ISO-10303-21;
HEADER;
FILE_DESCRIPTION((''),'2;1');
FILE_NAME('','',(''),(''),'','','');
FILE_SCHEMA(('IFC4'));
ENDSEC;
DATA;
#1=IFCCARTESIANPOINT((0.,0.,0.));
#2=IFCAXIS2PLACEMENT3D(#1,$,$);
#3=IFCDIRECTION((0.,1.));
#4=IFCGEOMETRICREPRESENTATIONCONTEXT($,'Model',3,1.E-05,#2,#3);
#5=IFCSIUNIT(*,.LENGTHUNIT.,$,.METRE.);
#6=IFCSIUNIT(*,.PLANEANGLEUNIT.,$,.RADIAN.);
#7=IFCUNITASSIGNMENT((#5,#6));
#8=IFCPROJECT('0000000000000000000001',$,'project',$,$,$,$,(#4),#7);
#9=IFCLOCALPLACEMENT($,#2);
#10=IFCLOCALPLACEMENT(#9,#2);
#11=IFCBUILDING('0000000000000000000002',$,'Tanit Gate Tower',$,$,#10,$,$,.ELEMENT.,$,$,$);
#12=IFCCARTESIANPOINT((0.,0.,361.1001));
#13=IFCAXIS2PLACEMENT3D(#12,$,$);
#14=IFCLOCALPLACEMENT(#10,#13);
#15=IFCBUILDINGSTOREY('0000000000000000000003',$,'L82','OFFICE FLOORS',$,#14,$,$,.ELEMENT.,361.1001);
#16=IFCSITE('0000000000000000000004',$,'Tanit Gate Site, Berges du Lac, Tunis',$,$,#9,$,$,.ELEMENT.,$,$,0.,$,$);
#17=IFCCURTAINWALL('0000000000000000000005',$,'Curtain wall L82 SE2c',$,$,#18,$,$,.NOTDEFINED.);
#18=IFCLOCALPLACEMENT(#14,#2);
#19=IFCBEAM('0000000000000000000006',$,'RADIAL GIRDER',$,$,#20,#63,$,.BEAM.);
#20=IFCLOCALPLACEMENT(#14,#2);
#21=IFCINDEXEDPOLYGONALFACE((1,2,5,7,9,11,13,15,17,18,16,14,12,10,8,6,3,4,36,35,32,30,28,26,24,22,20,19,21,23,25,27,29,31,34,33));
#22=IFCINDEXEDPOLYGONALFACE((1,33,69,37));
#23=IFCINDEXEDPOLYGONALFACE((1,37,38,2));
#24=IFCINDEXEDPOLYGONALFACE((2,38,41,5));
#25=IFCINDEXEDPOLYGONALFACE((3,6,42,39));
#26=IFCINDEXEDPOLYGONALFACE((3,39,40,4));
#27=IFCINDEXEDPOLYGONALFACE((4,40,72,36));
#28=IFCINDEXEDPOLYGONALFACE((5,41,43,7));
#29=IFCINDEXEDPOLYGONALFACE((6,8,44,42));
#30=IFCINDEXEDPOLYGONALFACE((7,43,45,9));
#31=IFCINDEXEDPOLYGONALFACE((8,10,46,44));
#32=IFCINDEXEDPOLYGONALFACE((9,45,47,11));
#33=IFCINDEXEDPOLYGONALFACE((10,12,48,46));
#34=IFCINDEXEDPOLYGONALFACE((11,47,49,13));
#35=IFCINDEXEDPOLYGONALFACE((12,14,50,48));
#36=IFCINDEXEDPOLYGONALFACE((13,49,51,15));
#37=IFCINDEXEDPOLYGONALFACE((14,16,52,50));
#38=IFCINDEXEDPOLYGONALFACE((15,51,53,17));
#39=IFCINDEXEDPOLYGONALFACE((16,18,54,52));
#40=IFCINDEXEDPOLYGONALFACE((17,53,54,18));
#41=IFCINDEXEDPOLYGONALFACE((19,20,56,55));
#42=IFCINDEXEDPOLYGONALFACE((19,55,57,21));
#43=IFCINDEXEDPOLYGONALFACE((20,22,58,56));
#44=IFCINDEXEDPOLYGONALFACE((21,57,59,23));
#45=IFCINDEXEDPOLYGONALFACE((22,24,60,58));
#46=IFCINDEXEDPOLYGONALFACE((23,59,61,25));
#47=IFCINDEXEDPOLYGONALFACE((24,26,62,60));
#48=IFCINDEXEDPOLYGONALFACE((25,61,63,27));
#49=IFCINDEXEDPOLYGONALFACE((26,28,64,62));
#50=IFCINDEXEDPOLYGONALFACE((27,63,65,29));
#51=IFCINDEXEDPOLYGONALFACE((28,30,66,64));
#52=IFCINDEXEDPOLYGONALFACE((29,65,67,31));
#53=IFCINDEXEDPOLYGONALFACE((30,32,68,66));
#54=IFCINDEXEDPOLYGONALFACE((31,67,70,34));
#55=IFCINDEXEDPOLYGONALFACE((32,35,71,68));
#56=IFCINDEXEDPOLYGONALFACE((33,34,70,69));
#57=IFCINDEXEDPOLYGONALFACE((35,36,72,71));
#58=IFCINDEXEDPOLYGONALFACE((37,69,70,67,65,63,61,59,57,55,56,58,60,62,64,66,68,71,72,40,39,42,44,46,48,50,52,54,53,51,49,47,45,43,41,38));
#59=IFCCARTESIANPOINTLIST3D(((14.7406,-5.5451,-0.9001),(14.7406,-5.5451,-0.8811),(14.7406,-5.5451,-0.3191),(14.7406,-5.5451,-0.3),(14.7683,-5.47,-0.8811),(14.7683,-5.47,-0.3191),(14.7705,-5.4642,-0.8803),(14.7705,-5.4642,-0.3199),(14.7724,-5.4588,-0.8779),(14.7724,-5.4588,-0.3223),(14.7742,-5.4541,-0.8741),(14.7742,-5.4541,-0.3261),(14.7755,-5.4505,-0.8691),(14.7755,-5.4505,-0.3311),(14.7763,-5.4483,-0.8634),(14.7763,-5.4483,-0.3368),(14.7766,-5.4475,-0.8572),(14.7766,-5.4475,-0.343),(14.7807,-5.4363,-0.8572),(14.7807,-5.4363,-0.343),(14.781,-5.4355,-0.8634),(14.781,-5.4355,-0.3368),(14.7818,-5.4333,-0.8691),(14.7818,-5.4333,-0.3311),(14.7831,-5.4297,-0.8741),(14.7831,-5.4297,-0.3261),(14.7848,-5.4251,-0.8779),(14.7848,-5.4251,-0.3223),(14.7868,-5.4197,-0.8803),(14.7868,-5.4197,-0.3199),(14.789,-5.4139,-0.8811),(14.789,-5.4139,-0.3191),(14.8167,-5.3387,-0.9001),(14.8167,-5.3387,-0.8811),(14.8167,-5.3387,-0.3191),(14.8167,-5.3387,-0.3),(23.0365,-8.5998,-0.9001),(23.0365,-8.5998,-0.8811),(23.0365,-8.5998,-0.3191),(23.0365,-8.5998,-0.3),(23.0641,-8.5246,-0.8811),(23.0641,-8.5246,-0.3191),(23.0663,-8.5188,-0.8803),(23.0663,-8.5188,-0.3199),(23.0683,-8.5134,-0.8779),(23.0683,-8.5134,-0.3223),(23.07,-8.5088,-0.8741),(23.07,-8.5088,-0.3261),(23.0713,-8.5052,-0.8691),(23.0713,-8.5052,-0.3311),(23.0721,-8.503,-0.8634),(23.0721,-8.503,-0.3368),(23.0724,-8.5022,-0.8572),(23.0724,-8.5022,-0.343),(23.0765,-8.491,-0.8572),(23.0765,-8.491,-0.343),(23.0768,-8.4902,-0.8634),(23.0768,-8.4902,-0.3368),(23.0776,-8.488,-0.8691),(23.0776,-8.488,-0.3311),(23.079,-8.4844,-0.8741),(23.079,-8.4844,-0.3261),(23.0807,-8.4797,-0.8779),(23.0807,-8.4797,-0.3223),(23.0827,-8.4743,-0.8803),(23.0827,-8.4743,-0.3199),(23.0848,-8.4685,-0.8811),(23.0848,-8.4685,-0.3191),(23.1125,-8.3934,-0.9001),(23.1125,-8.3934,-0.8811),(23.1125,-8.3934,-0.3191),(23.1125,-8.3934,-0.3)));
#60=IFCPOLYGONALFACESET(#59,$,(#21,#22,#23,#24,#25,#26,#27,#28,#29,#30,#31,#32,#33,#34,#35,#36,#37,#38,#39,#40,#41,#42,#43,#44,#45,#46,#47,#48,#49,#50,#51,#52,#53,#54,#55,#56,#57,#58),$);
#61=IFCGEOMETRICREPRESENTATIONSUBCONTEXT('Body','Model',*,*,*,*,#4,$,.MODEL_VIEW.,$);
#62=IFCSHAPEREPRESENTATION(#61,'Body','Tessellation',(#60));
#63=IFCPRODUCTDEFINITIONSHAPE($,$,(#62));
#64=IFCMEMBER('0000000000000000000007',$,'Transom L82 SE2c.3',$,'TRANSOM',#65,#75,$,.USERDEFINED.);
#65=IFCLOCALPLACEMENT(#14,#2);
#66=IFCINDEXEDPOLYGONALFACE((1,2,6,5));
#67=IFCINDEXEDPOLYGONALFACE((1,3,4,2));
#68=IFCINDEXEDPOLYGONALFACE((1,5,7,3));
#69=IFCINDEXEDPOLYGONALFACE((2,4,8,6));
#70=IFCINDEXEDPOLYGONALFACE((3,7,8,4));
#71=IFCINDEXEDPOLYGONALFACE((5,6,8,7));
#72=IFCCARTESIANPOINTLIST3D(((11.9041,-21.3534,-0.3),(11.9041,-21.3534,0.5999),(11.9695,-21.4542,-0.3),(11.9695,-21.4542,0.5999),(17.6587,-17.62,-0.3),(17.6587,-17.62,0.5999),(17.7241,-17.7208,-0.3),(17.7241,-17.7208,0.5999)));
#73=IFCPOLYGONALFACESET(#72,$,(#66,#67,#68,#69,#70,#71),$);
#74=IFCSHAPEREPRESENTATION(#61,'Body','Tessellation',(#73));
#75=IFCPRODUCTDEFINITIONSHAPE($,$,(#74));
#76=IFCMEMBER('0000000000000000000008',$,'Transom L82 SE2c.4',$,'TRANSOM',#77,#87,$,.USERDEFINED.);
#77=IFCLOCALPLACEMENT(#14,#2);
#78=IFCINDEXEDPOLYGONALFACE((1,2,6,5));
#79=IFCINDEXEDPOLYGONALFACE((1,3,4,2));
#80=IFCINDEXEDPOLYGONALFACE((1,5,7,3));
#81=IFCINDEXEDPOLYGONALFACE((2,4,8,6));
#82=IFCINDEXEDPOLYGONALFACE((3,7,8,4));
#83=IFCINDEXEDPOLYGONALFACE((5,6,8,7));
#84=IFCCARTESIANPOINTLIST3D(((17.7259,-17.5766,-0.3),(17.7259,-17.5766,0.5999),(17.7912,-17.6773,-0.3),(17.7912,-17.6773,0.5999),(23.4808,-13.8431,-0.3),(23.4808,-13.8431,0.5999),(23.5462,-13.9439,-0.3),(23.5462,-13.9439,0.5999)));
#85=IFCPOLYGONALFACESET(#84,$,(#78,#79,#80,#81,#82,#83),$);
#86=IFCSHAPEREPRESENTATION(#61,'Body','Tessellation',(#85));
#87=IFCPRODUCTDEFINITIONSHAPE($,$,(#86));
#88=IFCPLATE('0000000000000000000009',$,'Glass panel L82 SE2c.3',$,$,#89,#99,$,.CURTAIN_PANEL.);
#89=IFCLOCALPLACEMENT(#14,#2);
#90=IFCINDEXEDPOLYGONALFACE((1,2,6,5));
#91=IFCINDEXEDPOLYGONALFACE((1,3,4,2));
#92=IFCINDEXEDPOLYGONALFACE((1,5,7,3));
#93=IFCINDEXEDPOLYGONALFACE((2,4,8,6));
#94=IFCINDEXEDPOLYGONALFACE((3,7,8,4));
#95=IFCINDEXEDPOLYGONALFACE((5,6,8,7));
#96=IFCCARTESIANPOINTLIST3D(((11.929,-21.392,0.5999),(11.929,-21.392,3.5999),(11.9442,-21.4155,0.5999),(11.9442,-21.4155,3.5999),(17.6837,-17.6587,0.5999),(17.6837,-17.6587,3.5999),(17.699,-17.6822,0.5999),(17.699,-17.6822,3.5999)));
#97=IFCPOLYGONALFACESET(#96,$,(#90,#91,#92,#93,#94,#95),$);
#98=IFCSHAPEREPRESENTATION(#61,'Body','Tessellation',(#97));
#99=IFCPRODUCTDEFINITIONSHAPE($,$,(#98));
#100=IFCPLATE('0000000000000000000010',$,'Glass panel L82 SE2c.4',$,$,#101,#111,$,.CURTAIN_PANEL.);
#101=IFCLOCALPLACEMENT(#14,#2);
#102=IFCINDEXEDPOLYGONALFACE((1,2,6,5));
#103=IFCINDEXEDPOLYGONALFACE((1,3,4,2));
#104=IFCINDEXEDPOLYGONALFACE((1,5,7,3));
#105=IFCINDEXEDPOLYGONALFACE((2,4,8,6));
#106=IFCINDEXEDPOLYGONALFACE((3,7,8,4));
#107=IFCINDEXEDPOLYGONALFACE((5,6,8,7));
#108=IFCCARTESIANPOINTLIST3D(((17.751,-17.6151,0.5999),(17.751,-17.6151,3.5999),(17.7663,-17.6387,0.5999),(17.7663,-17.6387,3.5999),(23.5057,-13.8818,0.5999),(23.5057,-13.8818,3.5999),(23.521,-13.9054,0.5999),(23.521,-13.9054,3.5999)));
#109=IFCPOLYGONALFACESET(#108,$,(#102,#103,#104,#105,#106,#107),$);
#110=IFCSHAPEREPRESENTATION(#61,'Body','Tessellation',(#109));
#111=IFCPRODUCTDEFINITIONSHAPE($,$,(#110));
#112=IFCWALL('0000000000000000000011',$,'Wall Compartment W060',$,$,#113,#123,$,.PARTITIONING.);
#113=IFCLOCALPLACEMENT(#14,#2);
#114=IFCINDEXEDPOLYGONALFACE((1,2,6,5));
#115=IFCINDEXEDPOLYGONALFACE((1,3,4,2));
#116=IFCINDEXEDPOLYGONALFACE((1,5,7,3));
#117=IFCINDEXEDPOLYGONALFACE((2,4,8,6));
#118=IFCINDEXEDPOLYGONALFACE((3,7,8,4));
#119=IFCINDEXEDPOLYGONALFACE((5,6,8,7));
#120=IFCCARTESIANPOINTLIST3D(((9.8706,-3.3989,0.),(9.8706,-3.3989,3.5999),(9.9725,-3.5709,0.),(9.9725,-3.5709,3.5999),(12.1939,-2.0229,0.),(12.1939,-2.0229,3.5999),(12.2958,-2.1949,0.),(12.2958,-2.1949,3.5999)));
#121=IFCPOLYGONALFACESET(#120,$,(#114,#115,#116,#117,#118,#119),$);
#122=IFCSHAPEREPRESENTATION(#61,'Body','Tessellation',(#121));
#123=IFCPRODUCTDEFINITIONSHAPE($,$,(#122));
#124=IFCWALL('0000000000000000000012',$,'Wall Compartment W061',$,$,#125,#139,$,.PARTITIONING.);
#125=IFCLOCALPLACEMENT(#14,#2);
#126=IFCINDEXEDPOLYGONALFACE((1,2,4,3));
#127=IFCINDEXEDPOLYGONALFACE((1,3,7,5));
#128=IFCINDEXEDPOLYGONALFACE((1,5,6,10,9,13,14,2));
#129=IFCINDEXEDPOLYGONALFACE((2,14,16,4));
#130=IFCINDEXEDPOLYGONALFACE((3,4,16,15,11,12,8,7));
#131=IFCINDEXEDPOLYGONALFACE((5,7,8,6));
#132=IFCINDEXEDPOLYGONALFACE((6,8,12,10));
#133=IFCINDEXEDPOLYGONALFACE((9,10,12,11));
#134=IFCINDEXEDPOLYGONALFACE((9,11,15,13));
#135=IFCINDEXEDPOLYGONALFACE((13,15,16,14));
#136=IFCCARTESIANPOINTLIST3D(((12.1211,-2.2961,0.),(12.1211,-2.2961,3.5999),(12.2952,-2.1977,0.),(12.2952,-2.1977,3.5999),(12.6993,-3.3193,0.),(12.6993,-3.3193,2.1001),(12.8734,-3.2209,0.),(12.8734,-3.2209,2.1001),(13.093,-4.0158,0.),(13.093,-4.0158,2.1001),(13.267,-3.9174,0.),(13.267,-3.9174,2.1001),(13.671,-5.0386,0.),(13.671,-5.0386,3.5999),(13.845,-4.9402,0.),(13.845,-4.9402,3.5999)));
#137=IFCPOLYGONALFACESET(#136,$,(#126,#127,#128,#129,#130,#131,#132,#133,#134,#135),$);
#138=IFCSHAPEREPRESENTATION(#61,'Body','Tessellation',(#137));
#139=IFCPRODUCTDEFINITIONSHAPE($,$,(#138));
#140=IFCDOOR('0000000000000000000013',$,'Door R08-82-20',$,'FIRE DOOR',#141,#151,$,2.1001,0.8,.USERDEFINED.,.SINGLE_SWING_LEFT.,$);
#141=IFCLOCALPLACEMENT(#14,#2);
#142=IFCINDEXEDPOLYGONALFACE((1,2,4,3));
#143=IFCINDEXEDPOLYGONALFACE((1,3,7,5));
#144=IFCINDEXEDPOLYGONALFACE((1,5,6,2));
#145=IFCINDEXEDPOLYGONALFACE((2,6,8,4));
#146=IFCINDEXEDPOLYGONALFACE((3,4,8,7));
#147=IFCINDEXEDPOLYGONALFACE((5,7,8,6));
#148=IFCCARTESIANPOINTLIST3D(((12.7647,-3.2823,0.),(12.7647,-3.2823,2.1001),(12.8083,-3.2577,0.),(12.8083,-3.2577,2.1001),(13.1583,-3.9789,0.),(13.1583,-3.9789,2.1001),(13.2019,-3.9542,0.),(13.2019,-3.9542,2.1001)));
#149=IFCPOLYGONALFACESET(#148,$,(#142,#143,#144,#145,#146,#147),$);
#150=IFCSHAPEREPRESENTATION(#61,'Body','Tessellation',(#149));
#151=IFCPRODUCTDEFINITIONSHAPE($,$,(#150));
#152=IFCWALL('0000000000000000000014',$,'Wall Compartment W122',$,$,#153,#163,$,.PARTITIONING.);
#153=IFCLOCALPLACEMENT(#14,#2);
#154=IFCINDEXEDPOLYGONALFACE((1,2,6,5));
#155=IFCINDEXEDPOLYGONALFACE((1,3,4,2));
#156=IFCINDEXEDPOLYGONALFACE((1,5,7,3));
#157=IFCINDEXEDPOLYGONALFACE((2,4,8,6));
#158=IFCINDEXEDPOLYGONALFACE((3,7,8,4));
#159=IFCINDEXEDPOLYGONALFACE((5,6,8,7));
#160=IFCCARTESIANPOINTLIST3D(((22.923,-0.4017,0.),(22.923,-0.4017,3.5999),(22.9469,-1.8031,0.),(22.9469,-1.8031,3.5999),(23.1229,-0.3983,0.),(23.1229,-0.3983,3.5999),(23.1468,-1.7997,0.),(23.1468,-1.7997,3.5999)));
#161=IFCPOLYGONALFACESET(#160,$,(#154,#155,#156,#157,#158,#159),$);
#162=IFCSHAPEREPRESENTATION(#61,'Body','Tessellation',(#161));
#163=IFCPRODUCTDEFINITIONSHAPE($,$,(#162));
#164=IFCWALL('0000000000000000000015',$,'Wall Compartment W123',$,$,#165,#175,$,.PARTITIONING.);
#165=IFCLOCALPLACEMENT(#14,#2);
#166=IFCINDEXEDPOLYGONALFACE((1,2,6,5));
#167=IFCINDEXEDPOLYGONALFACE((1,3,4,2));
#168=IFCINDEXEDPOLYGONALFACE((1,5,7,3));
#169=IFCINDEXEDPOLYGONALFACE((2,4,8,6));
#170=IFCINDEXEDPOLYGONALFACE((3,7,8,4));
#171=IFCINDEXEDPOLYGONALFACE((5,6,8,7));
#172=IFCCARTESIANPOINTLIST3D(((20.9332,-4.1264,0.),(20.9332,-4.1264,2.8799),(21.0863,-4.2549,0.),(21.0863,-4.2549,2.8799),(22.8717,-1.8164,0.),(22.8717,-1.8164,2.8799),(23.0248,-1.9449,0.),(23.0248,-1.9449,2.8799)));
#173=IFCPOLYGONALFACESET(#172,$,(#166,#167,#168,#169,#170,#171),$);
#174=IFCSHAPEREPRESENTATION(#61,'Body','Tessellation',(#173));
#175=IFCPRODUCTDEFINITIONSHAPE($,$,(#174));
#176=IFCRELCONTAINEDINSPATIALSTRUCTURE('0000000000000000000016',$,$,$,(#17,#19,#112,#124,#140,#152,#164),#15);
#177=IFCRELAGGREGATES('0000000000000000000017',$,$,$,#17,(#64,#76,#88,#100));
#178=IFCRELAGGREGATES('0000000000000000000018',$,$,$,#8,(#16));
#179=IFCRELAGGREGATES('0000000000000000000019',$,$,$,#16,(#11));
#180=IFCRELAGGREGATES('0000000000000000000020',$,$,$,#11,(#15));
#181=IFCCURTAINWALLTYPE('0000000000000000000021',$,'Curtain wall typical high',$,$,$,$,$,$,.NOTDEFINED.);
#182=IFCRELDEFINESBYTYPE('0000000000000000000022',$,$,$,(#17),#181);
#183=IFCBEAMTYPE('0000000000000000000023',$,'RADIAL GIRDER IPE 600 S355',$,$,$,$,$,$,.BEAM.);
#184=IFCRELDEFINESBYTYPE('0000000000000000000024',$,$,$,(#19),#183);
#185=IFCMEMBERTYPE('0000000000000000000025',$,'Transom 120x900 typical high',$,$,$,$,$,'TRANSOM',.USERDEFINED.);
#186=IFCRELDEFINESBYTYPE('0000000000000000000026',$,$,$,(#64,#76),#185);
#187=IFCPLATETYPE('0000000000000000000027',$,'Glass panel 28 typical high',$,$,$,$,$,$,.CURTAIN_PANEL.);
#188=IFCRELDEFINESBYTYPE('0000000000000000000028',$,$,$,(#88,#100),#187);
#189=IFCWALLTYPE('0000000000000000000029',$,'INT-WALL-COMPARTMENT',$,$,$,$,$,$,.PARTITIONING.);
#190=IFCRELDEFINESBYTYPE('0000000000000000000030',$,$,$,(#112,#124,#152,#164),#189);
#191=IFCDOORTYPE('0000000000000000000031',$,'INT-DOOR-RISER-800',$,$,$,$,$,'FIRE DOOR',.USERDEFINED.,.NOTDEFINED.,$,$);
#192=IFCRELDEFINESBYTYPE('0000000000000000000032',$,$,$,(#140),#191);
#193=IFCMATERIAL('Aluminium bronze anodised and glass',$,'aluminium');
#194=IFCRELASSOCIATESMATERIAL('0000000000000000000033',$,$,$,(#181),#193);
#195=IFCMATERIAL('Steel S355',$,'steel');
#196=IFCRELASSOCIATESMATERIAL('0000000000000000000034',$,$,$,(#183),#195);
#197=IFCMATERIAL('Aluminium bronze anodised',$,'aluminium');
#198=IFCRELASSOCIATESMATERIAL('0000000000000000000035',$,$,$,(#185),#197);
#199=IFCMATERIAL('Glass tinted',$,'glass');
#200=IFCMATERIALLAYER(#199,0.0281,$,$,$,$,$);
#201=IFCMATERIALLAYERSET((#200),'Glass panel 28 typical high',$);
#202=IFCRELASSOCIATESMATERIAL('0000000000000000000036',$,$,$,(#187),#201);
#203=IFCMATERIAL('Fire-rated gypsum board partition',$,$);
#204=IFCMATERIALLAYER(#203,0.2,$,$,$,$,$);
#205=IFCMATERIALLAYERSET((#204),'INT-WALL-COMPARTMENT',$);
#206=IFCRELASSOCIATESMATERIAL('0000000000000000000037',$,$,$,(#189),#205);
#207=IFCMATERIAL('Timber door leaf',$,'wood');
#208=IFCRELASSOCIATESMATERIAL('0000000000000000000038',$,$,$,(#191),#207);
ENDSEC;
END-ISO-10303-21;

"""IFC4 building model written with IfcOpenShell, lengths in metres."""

from ifc_helpers import new_model, si_unit, direction, frame, frame_2d, origin, origin_2d, place, context, subcontext, project, spatial, rectangle, i_section, extrude, material, layer, layer_set, material_profile, profile_set, type_object, element, fill, aggregate, save


model = new_model("IFC4")

# Units and contexts
model_context = context("Model", 3, precision=1e-05, world=origin(), true_north=direction((0.0, 1.0)))
body_context = subcontext(model_context, "Body", "Model", "MODEL_VIEW")
ifc_project = project(units=[si_unit("LENGTHUNIT", "METRE"), si_unit("PLANEANGLEUNIT", "RADIAN")], contexts=[model_context])

# Site, building, storey
site_placement = place(None, origin())
site = spatial("IfcSite", under=ifc_project, at=site_placement, Name="Tanit Gate Site, Berges du Lac, Tunis", CompositionType="ELEMENT", RefElevation=0.0)
building_placement = place(site_placement, origin())
building = spatial("IfcBuilding", under=site, at=building_placement, Name="Tanit Gate Tower", CompositionType="ELEMENT")
storey_placement = place(building_placement, frame((0.0, 0.0, 361.1001)))
storey = spatial("IfcBuildingStorey", under=building, at=storey_placement, Name="L82", Description="OFFICE FLOORS", CompositionType="ELEMENT", Elevation=361.1001)

# Curtain wall
ifc_material_1 = material(Name="Aluminium bronze anodised and glass", Category="aluminium")
curtain_wall_type = type_object("IfcCurtainWallType", Name="Curtain wall typical high", PredefinedType="NOTDEFINED", material=ifc_material_1)
curtain_wall_placement = place(storey_placement, origin())
curtain_wall = element("IfcCurtainWall", 1, at=curtain_wall_placement, inside=storey, type_object=curtain_wall_type, Name="Curtain wall L82 SE2c", PredefinedType="NOTDEFINED")

# Beam
ifc_material_2 = material(Name="Steel S355", Category="steel")
ifc_material_profile_1 = material_profile(ifc_material_2, i_section(OverallWidth=0.22, OverallDepth=0.6001, WebThickness=0.012, FlangeThickness=0.019, FilletRadius=0.0239, at=origin_2d()), Name="IPE 600")
ifc_profile_set_1 = profile_set([ifc_material_profile_1], Name="Steel S355")
beam_type_1 = type_object("IfcBeamType", Name="RADIAL GIRDER IPE 600 S355", PredefinedType="BEAM", material=ifc_profile_set_1)
beam_1_placement = place(storey_placement, frame((23.0745, -8.4966, -0.6001), z_axis=(-0.938405, 0.345536, 0.0), x_axis=(-0.345536, -0.938405, 0.0)))
element("IfcBeam", 2, at=beam_1_placement, inside=storey, type_object=beam_type_1, Name="RADIAL GIRDER", PredefinedType="BEAM", context=body_context, shape_type="SweptSolid", body=[
    extrude(i_section(OverallWidth=0.22, OverallDepth=0.6001, WebThickness=0.012, FlangeThickness=0.019, FilletRadius=0.0239, at=origin_2d()), origin(), (0.0, 0.0, 1.0), 8.8403),
])

# Members
ifc_material_3 = material(Name="Aluminium bronze anodised", Category="aluminium")
ifc_material_profile_2 = material_profile(ifc_material_3, rectangle(XDim=0.1201, YDim=0.8999, at=origin_2d()), Name="120x900 bronze transom")
ifc_profile_set_2 = profile_set([ifc_material_profile_2], Name="Aluminium bronze anodised")
member_type_1 = type_object("IfcMemberType", Name="Transom 120x900 typical high", ElementType="TRANSOM", PredefinedType="USERDEFINED", material=ifc_profile_set_2)
member_1_placement = place(storey_placement, frame((11.9368, -21.4038, 0.1499), z_axis=(0.838917, 0.544259, 0.0), x_axis=(-0.544259, 0.838917, 0.0)))
member_1 = element("IfcMember", 3, at=member_1_placement, type_object=member_type_1, Name="Transom L82 SE2c.3", ObjectType="TRANSOM", PredefinedType="USERDEFINED", context=body_context, shape_type="SweptSolid", body=[
    extrude(rectangle(XDim=0.1201, YDim=0.8999, at=origin_2d()), origin(), (0.0, 0.0, 1.0), 6.8596),
])
member_2_placement = place(storey_placement, frame((17.7585, -17.627, 0.1499), z_axis=(0.838928, 0.544243, 0.0), x_axis=(-0.544243, 0.838928, 0.0)))
member_2 = element("IfcMember", 4, at=member_2_placement, type_object=member_type_1, Name="Transom L82 SE2c.4", ObjectType="TRANSOM", PredefinedType="USERDEFINED", context=body_context, shape_type="SweptSolid", body=[
    extrude(rectangle(XDim=0.1201, YDim=0.8999, at=origin_2d()), origin(), (0.0, 0.0, 1.0), 6.8599),
])

# Plates
ifc_material_4 = material(Name="Glass tinted", Category="glass")
ifc_layer_1 = layer(ifc_material_4, 0.0281)
ifc_layer_set_1 = layer_set([ifc_layer_1], Name="Glass panel 28 typical high")
plate_type = type_object("IfcPlateType", Name="Glass panel 28 typical high", PredefinedType="CURTAIN_PANEL", material=ifc_layer_set_1)
plate_1_placement = place(storey_placement, frame((14.814, -19.5371, 0.5999), z_axis=(0.0, 0.0, 1.0), x_axis=(0.838927, 0.544243, 0.0)))
plate_1 = element("IfcPlate", 5, at=plate_1_placement, type_object=plate_type, Name="Glass panel L82 SE2c.3", PredefinedType="CURTAIN_PANEL", context=body_context, shape_type="SweptSolid", body=[
    extrude(rectangle(XDim=6.8596, YDim=0.0281, at=origin_2d()), origin(), (0.0, 0.0, 1.0), 3.0),
])
plate_2_placement = place(storey_placement, frame((20.636, -15.7603, 0.5999), z_axis=(0.0, 0.0, 1.0), x_axis=(0.838927, 0.544243, 0.0)))
plate_2 = element("IfcPlate", 6, at=plate_2_placement, type_object=plate_type, Name="Glass panel L82 SE2c.4", PredefinedType="CURTAIN_PANEL", context=body_context, shape_type="SweptSolid", body=[
    extrude(rectangle(XDim=6.8596, YDim=0.0281, at=origin_2d()), origin(), (0.0, 0.0, 1.0), 3.0),
])
aggregate(curtain_wall, [member_1, member_2, plate_1, plate_2])

# Wall
ifc_material_5 = material(Name="Fire-rated gypsum board partition")
ifc_layer_2 = layer(ifc_material_5, 0.2)
ifc_layer_set_2 = layer_set([ifc_layer_2], Name="INT-WALL-COMPARTMENT")
wall_type_1 = type_object("IfcWallType", Name="INT-WALL-COMPARTMENT", PredefinedType="PARTITIONING", material=ifc_layer_set_2)
wall_1_placement = place(storey_placement, frame((12.2449, -2.1089, 0.0), z_axis=(0.0, 0.0, 1.0), x_axis=(-0.860415, -0.509594, 0.0)))
element("IfcWall", 7, at=wall_1_placement, inside=storey, type_object=wall_type_1, Name="Wall Compartment W060", PredefinedType="PARTITIONING", context=body_context, shape_type="SweptSolid", body=[
    extrude(rectangle(XDim=2.7002, YDim=0.2, at=frame_2d((1.3501, 0.0))), origin(), (0.0, 0.0, 1.0), 3.5999),
])

# Wall, opening, door
wall_2_placement = place(storey_placement, frame((13.7581, -4.9895, 0.0), z_axis=(0.0, 0.0, 1.0), x_axis=(-0.491993, 0.870599, 0.0)))
wall_2 = element("IfcWall", 8, at=wall_2_placement, inside=storey, type_object=wall_type_1, Name="Wall Compartment W061", PredefinedType="PARTITIONING", context=body_context, shape_type="SweptSolid", body=[
    extrude(rectangle(XDim=3.1501, YDim=0.2, at=frame_2d((1.5752, 0.0))), origin(), (0.0, 0.0, 1.0), 3.5999),
])
opening_1_placement = place(wall_2_placement, frame((1.175, 0.0, 0.0)))
opening_1 = element("IfcOpeningElement", 9, at=opening_1_placement, cuts=wall_2, PredefinedType="OPENING", context=body_context, shape_type="SweptSolid", body=[
    extrude(rectangle(XDim=0.8, YDim=2.1001, at=frame_2d((0.3999, 1.05))), frame((0.0, 0.1099, 0.0), z_axis=(0.0, -1.0, 0.0), x_axis=(1.0, 0.0, 0.0)), (0.0, 0.0, 1.0), 0.22),
])
ifc_material_6 = material(Name="Timber door leaf", Category="wood")
door_type_1 = type_object("IfcDoorType", Name="INT-DOOR-RISER-800", ElementType="FIRE DOOR", OperationType="NOTDEFINED", PredefinedType="USERDEFINED", material=ifc_material_6)
door_1_placement = place(opening_1_placement, origin())
door_1 = element("IfcDoor", 10, at=door_1_placement, inside=storey, type_object=door_type_1, Name="Door R08-82-20", ObjectType="FIRE DOOR", OperationType="SINGLE_SWING_LEFT", OverallHeight=2.1001, OverallWidth=0.8, PredefinedType="USERDEFINED", context=body_context, shape_type="SweptSolid", body=[
    extrude(rectangle(XDim=0.8, YDim=2.1001, at=frame_2d((0.3999, 1.05))), frame((0.0, 0.0249, 0.0), z_axis=(0.0, -1.0, 0.0), x_axis=(1.0, 0.0, 0.0)), (0.0, 0.0, 1.0), 0.05),
])
fill(opening_1, door_1)

# Walls
wall_3_placement = place(storey_placement, frame((23.0469, -1.8013, 0.0), z_axis=(0.0, 0.0, 1.0), x_axis=(-0.017071, 0.999854, 0.0)))
element("IfcWall", 11, at=wall_3_placement, inside=storey, type_object=wall_type_1, Name="Wall Compartment W122", PredefinedType="PARTITIONING", context=body_context, shape_type="SweptSolid", body=[
    extrude(rectangle(XDim=1.4016, YDim=0.2, at=frame_2d((0.7007, 0.0))), origin(), (0.0, 0.0, 1.0), 3.5999),
])
wall_4_placement = place(storey_placement, frame((21.0098, -4.1907, 0.0), z_axis=(0.0, 0.0, 1.0), x_axis=(0.642808, 0.766027, 0.0)))
element("IfcWall", 12, at=wall_4_placement, inside=storey, type_object=wall_type_1, Name="Wall Compartment W123", PredefinedType="PARTITIONING", context=body_context, shape_type="SweptSolid", body=[
    extrude(rectangle(XDim=3.0156, YDim=0.2, at=frame_2d((1.5078, 0.0))), origin(), (0.0, 0.0, 1.0), 2.8799),
])

save(model, "model.ifc")
